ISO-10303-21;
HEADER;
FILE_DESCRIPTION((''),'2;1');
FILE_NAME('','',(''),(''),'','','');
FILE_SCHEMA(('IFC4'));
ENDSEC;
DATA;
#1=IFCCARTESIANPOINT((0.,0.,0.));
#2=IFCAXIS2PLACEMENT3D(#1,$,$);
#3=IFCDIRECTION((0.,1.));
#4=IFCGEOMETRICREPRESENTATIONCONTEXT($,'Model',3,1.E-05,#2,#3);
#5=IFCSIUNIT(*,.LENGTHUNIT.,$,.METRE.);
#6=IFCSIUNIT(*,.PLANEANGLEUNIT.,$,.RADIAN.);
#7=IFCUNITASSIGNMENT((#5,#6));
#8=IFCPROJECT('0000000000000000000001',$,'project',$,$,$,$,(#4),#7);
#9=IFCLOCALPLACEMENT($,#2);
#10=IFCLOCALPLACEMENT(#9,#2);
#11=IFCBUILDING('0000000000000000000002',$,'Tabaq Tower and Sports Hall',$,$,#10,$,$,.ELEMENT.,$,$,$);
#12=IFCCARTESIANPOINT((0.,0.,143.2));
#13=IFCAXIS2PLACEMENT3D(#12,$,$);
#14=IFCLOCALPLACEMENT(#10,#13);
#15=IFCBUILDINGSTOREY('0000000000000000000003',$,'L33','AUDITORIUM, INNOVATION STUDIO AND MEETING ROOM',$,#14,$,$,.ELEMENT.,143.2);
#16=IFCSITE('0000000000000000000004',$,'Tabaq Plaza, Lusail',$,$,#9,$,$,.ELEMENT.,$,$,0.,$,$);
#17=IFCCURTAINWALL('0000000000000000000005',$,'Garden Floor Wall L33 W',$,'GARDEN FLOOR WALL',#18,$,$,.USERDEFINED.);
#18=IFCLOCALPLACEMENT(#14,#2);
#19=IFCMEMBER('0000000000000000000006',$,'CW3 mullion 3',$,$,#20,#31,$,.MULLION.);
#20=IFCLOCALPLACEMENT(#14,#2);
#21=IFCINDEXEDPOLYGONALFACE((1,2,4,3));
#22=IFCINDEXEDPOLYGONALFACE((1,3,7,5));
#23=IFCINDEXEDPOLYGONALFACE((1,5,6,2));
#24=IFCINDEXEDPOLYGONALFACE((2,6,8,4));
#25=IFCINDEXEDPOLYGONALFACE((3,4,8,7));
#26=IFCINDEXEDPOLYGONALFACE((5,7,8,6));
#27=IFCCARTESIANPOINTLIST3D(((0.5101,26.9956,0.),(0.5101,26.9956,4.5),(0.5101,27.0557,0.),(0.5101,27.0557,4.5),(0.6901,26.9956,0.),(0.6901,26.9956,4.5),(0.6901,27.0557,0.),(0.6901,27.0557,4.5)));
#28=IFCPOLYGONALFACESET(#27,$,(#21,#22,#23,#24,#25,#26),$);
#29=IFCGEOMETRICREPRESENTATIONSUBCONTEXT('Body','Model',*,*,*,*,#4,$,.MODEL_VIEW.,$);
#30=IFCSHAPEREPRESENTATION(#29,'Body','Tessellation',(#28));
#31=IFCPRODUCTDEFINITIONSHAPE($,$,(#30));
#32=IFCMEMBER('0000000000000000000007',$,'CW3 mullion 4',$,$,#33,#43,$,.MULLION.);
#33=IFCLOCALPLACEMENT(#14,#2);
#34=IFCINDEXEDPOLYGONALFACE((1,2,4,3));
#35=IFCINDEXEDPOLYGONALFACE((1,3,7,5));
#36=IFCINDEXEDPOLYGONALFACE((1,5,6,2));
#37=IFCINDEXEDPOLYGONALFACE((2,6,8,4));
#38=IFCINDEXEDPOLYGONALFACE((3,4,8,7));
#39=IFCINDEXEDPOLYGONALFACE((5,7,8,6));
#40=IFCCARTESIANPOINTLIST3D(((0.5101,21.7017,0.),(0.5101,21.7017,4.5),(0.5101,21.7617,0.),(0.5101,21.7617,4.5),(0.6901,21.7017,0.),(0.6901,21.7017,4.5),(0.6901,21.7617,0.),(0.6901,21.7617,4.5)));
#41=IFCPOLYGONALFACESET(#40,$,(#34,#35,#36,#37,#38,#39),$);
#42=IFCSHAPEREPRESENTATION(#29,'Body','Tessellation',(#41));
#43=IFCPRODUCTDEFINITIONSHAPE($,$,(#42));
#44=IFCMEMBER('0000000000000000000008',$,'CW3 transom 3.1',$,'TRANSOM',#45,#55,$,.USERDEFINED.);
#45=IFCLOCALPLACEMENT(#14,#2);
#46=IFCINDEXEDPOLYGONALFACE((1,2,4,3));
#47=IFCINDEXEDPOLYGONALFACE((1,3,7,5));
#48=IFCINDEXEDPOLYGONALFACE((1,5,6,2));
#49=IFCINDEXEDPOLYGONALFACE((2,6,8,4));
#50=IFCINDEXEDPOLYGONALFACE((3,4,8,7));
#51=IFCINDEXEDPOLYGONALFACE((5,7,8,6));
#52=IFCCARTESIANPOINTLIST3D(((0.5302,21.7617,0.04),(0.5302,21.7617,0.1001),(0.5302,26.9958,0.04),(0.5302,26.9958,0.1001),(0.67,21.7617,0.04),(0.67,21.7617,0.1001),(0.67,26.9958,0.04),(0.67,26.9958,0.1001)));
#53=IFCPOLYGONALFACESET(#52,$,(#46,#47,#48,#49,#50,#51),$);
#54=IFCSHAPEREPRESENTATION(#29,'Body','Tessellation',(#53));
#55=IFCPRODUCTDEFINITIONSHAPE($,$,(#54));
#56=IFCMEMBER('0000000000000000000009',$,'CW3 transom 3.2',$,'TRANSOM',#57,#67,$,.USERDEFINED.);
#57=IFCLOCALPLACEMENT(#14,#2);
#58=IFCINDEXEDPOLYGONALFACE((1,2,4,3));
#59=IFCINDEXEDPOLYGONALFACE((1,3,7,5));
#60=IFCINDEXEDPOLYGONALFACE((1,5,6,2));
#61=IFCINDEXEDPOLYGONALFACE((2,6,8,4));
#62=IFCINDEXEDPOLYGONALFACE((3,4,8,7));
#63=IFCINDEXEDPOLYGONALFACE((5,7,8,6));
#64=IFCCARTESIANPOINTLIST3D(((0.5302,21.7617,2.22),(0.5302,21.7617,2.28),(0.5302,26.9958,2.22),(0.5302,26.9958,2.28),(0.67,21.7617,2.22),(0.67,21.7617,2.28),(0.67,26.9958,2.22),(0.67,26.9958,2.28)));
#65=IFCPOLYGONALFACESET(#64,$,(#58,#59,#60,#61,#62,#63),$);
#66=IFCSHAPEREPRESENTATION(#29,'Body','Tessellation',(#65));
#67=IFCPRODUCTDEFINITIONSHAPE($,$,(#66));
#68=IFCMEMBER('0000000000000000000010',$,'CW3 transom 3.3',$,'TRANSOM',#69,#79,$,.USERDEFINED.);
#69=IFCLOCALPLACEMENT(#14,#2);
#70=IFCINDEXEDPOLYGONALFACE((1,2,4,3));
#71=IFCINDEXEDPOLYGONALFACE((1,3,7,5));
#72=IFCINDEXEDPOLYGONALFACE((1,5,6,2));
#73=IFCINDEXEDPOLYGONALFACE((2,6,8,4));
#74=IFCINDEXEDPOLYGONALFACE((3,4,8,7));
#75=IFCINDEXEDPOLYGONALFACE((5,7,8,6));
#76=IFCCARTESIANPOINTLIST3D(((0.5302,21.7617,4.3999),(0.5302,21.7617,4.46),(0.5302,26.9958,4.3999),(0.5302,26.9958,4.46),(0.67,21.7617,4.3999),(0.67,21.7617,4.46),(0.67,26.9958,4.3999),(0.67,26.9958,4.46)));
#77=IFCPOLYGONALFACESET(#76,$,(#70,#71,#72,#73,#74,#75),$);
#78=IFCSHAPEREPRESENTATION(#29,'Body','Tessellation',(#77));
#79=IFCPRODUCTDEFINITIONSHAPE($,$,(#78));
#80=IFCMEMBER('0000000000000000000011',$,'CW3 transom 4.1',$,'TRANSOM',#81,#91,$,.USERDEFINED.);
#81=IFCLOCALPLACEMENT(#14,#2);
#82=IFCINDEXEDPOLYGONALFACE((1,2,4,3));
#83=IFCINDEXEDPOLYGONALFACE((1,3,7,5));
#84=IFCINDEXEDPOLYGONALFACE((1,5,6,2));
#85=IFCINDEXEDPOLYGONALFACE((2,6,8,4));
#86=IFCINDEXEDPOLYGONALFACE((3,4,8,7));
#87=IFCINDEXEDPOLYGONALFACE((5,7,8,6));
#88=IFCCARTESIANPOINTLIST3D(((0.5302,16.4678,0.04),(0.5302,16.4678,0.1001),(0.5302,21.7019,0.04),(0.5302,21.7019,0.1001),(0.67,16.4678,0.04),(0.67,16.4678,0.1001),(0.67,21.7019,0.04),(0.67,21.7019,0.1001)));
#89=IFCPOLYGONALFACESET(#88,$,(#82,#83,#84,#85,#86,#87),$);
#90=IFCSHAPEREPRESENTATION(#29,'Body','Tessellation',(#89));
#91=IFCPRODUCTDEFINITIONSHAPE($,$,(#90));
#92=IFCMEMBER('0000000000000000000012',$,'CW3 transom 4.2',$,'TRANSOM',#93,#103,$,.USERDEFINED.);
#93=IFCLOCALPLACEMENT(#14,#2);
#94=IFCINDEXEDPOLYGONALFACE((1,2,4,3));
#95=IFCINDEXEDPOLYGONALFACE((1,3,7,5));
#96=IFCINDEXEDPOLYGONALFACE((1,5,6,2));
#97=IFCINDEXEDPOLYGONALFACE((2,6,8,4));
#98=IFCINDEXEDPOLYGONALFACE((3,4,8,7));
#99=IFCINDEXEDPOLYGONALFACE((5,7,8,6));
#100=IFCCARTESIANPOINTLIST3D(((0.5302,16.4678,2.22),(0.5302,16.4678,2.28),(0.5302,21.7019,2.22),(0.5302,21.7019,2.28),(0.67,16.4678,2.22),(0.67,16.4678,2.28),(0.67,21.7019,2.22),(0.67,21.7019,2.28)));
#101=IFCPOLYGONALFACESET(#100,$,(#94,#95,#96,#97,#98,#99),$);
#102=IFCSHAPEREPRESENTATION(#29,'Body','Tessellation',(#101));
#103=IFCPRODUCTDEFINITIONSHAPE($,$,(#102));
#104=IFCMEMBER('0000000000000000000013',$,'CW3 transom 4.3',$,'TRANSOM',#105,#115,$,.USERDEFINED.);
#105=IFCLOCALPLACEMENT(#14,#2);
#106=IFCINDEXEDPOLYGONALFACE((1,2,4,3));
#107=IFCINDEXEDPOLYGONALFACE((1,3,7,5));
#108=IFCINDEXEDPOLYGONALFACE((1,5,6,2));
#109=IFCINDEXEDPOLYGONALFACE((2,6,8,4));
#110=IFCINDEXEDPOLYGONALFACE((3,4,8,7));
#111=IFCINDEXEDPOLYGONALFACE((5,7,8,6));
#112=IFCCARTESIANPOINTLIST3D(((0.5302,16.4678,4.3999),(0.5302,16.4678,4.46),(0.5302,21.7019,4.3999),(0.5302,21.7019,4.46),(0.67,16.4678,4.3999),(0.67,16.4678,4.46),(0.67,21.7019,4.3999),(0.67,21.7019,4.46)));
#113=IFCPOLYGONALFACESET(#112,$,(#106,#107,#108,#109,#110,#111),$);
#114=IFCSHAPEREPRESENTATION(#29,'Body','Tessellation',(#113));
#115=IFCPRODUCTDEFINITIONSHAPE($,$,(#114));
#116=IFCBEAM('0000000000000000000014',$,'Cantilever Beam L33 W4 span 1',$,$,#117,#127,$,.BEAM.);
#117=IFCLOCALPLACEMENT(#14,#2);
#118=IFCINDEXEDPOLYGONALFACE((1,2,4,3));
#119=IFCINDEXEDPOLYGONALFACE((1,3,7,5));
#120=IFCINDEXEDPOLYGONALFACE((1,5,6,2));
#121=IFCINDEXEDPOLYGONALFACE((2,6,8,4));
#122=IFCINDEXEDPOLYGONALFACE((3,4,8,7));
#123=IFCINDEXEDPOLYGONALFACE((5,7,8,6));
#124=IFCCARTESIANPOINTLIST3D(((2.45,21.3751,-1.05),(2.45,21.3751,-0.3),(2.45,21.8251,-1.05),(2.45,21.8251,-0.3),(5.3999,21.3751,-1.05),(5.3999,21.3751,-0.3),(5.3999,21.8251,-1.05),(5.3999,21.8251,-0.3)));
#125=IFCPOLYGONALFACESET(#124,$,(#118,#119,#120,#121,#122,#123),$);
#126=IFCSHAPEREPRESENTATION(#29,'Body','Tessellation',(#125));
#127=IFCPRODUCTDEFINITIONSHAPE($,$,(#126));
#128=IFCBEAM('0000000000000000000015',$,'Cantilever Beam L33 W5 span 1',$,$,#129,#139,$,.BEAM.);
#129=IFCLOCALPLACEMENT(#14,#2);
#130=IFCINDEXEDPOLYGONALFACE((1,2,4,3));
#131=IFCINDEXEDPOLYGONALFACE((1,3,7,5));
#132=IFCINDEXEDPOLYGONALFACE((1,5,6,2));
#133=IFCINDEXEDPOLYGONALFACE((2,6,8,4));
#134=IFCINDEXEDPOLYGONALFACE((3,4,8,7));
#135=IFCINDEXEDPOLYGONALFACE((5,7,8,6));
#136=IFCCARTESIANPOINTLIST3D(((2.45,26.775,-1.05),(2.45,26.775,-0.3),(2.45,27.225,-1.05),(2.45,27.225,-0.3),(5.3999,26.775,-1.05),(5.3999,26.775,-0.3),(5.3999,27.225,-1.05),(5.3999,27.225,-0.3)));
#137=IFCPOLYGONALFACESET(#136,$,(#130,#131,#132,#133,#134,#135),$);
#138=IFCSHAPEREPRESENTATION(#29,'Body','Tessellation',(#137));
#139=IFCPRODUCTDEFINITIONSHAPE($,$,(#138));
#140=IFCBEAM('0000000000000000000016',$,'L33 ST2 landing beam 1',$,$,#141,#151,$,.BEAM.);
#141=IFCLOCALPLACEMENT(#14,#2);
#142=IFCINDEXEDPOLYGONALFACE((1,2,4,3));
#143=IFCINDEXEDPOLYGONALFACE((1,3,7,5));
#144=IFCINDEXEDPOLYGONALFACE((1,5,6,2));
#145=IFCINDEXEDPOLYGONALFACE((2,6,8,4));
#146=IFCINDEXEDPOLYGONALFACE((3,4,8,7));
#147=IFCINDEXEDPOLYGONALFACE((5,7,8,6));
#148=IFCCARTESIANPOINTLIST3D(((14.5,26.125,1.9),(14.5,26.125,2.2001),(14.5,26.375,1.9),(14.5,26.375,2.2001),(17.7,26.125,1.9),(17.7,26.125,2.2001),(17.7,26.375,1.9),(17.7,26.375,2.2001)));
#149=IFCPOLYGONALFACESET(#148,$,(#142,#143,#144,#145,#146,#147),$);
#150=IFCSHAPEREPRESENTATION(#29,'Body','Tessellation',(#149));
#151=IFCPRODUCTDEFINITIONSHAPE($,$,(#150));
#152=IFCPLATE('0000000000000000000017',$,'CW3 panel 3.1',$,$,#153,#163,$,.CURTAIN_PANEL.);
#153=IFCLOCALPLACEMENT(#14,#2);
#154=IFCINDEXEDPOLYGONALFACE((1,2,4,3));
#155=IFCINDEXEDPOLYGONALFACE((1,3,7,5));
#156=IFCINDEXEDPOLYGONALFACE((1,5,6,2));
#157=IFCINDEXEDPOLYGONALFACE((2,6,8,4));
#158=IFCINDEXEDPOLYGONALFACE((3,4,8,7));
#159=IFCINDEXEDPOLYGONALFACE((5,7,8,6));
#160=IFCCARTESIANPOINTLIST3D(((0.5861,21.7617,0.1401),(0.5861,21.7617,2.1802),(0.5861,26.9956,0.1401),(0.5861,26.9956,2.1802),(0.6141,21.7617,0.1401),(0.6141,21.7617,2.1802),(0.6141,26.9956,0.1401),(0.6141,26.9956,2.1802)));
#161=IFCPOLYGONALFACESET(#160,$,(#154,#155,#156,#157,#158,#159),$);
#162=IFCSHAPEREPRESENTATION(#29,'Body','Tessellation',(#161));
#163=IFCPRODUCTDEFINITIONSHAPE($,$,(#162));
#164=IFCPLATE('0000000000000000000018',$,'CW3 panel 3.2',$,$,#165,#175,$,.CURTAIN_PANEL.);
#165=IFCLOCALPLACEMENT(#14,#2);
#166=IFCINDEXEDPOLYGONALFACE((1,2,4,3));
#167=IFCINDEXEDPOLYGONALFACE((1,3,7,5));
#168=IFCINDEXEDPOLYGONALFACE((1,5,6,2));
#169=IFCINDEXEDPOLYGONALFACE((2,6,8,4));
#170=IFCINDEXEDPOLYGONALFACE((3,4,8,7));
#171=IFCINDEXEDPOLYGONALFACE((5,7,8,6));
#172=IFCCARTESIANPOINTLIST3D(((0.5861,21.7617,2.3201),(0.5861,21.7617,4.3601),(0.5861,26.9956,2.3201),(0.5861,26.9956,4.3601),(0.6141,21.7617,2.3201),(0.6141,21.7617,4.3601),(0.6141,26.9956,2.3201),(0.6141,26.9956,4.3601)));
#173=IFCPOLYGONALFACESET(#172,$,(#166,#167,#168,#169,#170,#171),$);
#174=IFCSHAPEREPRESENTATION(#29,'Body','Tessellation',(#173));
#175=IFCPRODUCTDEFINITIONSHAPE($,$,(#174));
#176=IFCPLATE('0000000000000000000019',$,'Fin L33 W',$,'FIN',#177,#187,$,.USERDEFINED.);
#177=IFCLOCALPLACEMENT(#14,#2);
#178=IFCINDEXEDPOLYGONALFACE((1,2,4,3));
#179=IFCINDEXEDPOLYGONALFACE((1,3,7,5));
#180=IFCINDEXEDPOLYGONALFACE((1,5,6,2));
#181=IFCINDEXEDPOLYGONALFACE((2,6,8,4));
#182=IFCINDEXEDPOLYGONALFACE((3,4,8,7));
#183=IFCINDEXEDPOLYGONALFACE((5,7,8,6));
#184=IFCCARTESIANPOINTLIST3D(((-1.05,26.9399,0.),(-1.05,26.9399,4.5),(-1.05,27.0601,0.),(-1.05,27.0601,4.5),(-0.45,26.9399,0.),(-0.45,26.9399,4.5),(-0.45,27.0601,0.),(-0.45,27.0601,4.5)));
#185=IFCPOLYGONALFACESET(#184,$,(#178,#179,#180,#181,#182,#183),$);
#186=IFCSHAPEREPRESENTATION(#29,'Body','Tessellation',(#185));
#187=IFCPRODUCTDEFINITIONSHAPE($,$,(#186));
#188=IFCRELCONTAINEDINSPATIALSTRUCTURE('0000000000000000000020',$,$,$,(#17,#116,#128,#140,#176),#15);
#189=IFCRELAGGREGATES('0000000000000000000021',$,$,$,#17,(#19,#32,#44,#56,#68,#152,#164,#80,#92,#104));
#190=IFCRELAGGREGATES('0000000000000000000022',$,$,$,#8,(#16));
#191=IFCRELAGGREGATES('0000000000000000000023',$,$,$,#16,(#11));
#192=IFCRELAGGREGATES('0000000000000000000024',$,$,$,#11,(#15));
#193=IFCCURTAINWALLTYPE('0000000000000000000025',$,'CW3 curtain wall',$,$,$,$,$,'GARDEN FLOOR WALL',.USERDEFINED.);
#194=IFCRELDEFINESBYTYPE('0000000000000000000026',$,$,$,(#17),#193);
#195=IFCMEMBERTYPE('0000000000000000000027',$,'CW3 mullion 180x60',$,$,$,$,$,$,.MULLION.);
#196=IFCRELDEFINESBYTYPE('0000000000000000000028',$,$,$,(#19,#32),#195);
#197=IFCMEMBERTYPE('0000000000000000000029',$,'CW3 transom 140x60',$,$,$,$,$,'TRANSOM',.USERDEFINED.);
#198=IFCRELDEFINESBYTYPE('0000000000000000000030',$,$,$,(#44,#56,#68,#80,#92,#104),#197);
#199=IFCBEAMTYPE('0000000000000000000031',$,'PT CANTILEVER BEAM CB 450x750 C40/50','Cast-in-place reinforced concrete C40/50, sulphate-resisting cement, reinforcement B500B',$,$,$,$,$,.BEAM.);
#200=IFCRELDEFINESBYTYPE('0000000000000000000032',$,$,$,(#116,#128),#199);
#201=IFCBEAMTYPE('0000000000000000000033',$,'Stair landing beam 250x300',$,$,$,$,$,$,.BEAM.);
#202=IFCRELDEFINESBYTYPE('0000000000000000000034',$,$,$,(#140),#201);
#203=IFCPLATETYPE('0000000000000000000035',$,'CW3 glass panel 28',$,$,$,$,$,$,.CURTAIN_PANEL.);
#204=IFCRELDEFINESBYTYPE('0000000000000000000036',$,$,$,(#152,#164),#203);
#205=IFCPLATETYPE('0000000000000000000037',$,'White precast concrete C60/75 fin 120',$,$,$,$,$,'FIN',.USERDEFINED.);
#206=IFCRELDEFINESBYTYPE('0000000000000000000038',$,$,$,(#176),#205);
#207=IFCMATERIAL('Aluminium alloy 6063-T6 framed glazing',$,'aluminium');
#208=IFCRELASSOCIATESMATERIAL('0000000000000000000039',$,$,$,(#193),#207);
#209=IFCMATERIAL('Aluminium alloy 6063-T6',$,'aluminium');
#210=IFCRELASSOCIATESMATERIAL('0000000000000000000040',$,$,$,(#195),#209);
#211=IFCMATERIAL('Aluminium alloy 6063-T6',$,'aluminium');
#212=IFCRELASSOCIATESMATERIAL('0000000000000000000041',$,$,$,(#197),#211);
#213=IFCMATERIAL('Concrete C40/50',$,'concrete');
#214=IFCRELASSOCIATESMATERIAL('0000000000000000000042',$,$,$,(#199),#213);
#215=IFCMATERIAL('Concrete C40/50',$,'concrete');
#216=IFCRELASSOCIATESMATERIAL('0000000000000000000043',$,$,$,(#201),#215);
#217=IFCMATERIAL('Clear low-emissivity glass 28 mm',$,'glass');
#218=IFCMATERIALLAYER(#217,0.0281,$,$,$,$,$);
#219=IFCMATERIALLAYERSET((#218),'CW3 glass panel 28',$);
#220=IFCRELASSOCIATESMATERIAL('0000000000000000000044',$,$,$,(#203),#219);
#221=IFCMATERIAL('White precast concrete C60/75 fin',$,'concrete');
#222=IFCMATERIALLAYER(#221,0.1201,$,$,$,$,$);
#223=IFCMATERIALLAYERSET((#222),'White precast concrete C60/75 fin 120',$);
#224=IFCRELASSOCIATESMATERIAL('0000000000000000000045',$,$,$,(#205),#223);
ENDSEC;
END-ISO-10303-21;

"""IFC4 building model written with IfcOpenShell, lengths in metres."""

from ifc_helpers import new_model, si_unit, direction, frame, origin, origin_2d, place, context, subcontext, project, spatial, rectangle, extrude, material, layer, layer_set, material_profile, profile_set, type_object, element, aggregate, save


model = new_model("IFC4")

# Units and contexts
model_context = context("Model", 3, precision=1e-05, world=origin(), true_north=direction((0.0, 1.0)))
body_context = subcontext(model_context, "Body", "Model", "MODEL_VIEW")
ifc_project = project(units=[si_unit("LENGTHUNIT", "METRE"), si_unit("PLANEANGLEUNIT", "RADIAN")], contexts=[model_context])

# Site, building, storey
site_placement = place(None, origin())
site = spatial("IfcSite", under=ifc_project, at=site_placement, Name="Tabaq Plaza, Lusail", CompositionType="ELEMENT", RefElevation=0.0)
building_placement = place(site_placement, origin())
building = spatial("IfcBuilding", under=site, at=building_placement, Name="Tabaq Tower and Sports Hall", CompositionType="ELEMENT")
storey_placement = place(building_placement, frame((0.0, 0.0, 143.2)))
storey = spatial("IfcBuildingStorey", under=building, at=storey_placement, Name="L33", Description="AUDITORIUM, INNOVATION STUDIO AND MEETING ROOM", CompositionType="ELEMENT", Elevation=143.2)

# Curtain wall, members
ifc_material_1 = material(Name="Aluminium alloy 6063-T6 framed glazing", Category="aluminium")
curtain_wall_type = type_object("IfcCurtainWallType", Name="CW3 curtain wall", ElementType="GARDEN FLOOR WALL", PredefinedType="USERDEFINED", material=ifc_material_1)
curtain_wall_placement = place(storey_placement, origin())
curtain_wall = element("IfcCurtainWall", 1, at=curtain_wall_placement, inside=storey, type_object=curtain_wall_type, Name="Garden Floor Wall L33 W", ObjectType="GARDEN FLOOR WALL", PredefinedType="USERDEFINED")
ifc_material_2 = material(Name="Aluminium alloy 6063-T6", Category="aluminium")
ifc_material_profile_1 = material_profile(ifc_material_2, rectangle(XDim=0.1799, YDim=0.0601, at=origin_2d()), Name="MULLION 180x60")
ifc_profile_set_1 = profile_set([ifc_material_profile_1], Name="Aluminium alloy 6063-T6")
member_type_1 = type_object("IfcMemberType", Name="CW3 mullion 180x60", PredefinedType="MULLION", material=ifc_profile_set_1)
member_1_placement = place(storey_placement, frame((0.6001, 27.0256, 0.0), z_axis=(0.0, 0.0, 1.0), x_axis=(1.0, 0.0, 0.0)))
member_1 = element("IfcMember", 2, at=member_1_placement, type_object=member_type_1, Name="CW3 mullion 3", PredefinedType="MULLION", context=body_context, shape_type="SweptSolid", body=[
    extrude(rectangle(XDim=0.1799, YDim=0.0601, at=origin_2d()), origin(), (0.0, 0.0, 1.0), 4.5),
])
member_2_placement = place(storey_placement, frame((0.6001, 21.7317, 0.0), z_axis=(0.0, 0.0, 1.0), x_axis=(1.0, 0.0, 0.0)))
member_2 = element("IfcMember", 3, at=member_2_placement, type_object=member_type_1, Name="CW3 mullion 4", PredefinedType="MULLION", context=body_context, shape_type="SweptSolid", body=[
    extrude(rectangle(XDim=0.1799, YDim=0.0601, at=origin_2d()), origin(), (0.0, 0.0, 1.0), 4.5),
])
ifc_material_3 = material(Name="Aluminium alloy 6063-T6", Category="aluminium")
ifc_material_profile_2 = material_profile(ifc_material_3, rectangle(XDim=0.1399, YDim=0.0601, at=origin_2d()), Name="TRANSOM 140x60")
ifc_profile_set_2 = profile_set([ifc_material_profile_2], Name="Aluminium alloy 6063-T6")
member_type_2 = type_object("IfcMemberType", Name="CW3 transom 140x60", ElementType="TRANSOM", PredefinedType="USERDEFINED", material=ifc_profile_set_2)
member_3_placement = place(storey_placement, frame((0.6001, 26.9958, 0.0701), z_axis=(0.0, -1.0, 0.0), x_axis=(1.0, 0.0, 0.0)))
member_3 = element("IfcMember", 4, at=member_3_placement, type_object=member_type_2, Name="CW3 transom 3.1", ObjectType="TRANSOM", PredefinedType="USERDEFINED", context=body_context, shape_type="SweptSolid", body=[
    extrude(rectangle(XDim=0.1399, YDim=0.0601, at=origin_2d()), origin(), (0.0, 0.0, 1.0), 5.2341),
])
member_4_placement = place(storey_placement, frame((0.6001, 26.9958, 2.25), z_axis=(0.0, -1.0, 0.0), x_axis=(1.0, 0.0, 0.0)))
member_4 = element("IfcMember", 5, at=member_4_placement, type_object=member_type_2, Name="CW3 transom 3.2", ObjectType="TRANSOM", PredefinedType="USERDEFINED", context=body_context, shape_type="SweptSolid", body=[
    extrude(rectangle(XDim=0.1399, YDim=0.0601, at=origin_2d()), origin(), (0.0, 0.0, 1.0), 5.2341),
])
member_5_placement = place(storey_placement, frame((0.6001, 26.9958, 4.4299), z_axis=(0.0, -1.0, 0.0), x_axis=(1.0, 0.0, 0.0)))
member_5 = element("IfcMember", 6, at=member_5_placement, type_object=member_type_2, Name="CW3 transom 3.3", ObjectType="TRANSOM", PredefinedType="USERDEFINED", context=body_context, shape_type="SweptSolid", body=[
    extrude(rectangle(XDim=0.1399, YDim=0.0601, at=origin_2d()), origin(), (0.0, 0.0, 1.0), 5.2341),
])
member_6_placement = place(storey_placement, frame((0.6001, 21.7019, 0.0701), z_axis=(0.0, -1.0, 0.0), x_axis=(1.0, 0.0, 0.0)))
member_6 = element("IfcMember", 7, at=member_6_placement, type_object=member_type_2, Name="CW3 transom 4.1", ObjectType="TRANSOM", PredefinedType="USERDEFINED", context=body_context, shape_type="SweptSolid", body=[
    extrude(rectangle(XDim=0.1399, YDim=0.0601, at=origin_2d()), origin(), (0.0, 0.0, 1.0), 5.2341),
])
member_7_placement = place(storey_placement, frame((0.6001, 21.7019, 2.25), z_axis=(0.0, -1.0, 0.0), x_axis=(1.0, 0.0, 0.0)))
member_7 = element("IfcMember", 8, at=member_7_placement, type_object=member_type_2, Name="CW3 transom 4.2", ObjectType="TRANSOM", PredefinedType="USERDEFINED", context=body_context, shape_type="SweptSolid", body=[
    extrude(rectangle(XDim=0.1399, YDim=0.0601, at=origin_2d()), origin(), (0.0, 0.0, 1.0), 5.2341),
])
member_8_placement = place(storey_placement, frame((0.6001, 21.7019, 4.4299), z_axis=(0.0, -1.0, 0.0), x_axis=(1.0, 0.0, 0.0)))
member_8 = element("IfcMember", 9, at=member_8_placement, type_object=member_type_2, Name="CW3 transom 4.3", ObjectType="TRANSOM", PredefinedType="USERDEFINED", context=body_context, shape_type="SweptSolid", body=[
    extrude(rectangle(XDim=0.1399, YDim=0.0601, at=origin_2d()), origin(), (0.0, 0.0, 1.0), 5.2341),
])

# Beams
ifc_material_4 = material(Name="Concrete C40/50", Category="concrete")
ifc_material_profile_3 = material_profile(ifc_material_4, rectangle(XDim=0.45, YDim=0.75, at=origin_2d()), Name="CB 450x750")
ifc_profile_set_3 = profile_set([ifc_material_profile_3], Name="Concrete C40/50")
beam_type_1 = type_object("IfcBeamType", Name="PT CANTILEVER BEAM CB 450x750 C40/50", Description="Cast-in-place reinforced concrete C40/50, sulphate-resisting cement, reinforcement B500B", PredefinedType="BEAM", material=ifc_profile_set_3)
for number, where, z_axis, x_axis, name in (
    (10, (2.45, 21.6001, -0.675), (1.0, 0.0, 0.0), (0.0, 1.0, 0.0), "Cantilever Beam L33 W4 span 1"),
    (11, (2.45, 27.0, -0.675), (1.0, 0.0, 0.0), (0.0, 1.0, 0.0), "Cantilever Beam L33 W5 span 1"),
):
    element("IfcBeam", number, at=place(storey_placement, frame(where, z_axis=z_axis, x_axis=x_axis)), inside=storey, type_object=beam_type_1, Name=name, PredefinedType="BEAM", context=body_context, shape_type="SweptSolid", body=[
        extrude(rectangle(XDim=0.45, YDim=0.75, at=origin_2d()), origin(), (0.0, 0.0, 1.0), 2.95),
    ])
ifc_material_5 = material(Name="Concrete C40/50", Category="concrete")
ifc_material_profile_4 = material_profile(ifc_material_5, rectangle(XDim=0.25, YDim=0.3, at=origin_2d()), Name="RC 250x300")
ifc_profile_set_4 = profile_set([ifc_material_profile_4], Name="Concrete C40/50")
beam_type_2 = type_object("IfcBeamType", Name="Stair landing beam 250x300", PredefinedType="BEAM", material=ifc_profile_set_4)
beam_placement = place(storey_placement, frame((14.5, 26.25, 2.05), z_axis=(1.0, 0.0, 0.0), x_axis=(0.0, 1.0, 0.0)))
element("IfcBeam", 12, at=beam_placement, inside=storey, type_object=beam_type_2, Name="L33 ST2 landing beam 1", PredefinedType="BEAM", context=body_context, shape_type="SweptSolid", body=[
    extrude(rectangle(XDim=0.25, YDim=0.3, at=origin_2d()), origin(), (0.0, 0.0, 1.0), 3.2),
])

# Plates
ifc_material_6 = material(Name="Clear low-emissivity glass 28 mm", Category="glass")
ifc_layer_1 = layer(ifc_material_6, 0.0281)
ifc_layer_set_1 = layer_set([ifc_layer_1], Name="CW3 glass panel 28")
plate_type_1 = type_object("IfcPlateType", Name="CW3 glass panel 28", PredefinedType="CURTAIN_PANEL", material=ifc_layer_set_1)
plate_1_placement = place(storey_placement, frame((0.6001, 24.3787, 0.1401), z_axis=(0.0, 0.0, 1.0), x_axis=(0.0, -1.0, 0.0)))
plate_1 = element("IfcPlate", 13, at=plate_1_placement, type_object=plate_type_1, Name="CW3 panel 3.1", PredefinedType="CURTAIN_PANEL", context=body_context, shape_type="SweptSolid", body=[
    extrude(rectangle(XDim=5.2339, YDim=0.0281, at=origin_2d()), origin(), (0.0, 0.0, 1.0), 2.04),
])
plate_2_placement = place(storey_placement, frame((0.6001, 24.3787, 2.3201), z_axis=(0.0, 0.0, 1.0), x_axis=(0.0, -1.0, 0.0)))
plate_2 = element("IfcPlate", 14, at=plate_2_placement, type_object=plate_type_1, Name="CW3 panel 3.2", PredefinedType="CURTAIN_PANEL", context=body_context, shape_type="SweptSolid", body=[
    extrude(rectangle(XDim=5.2339, YDim=0.0281, at=origin_2d()), origin(), (0.0, 0.0, 1.0), 2.04),
])
aggregate(curtain_wall, [member_1, member_2, member_3, member_4, member_5, plate_1, plate_2, member_6, member_7, member_8])
ifc_material_7 = material(Name="White precast concrete C60/75 fin", Category="concrete")
ifc_layer_2 = layer(ifc_material_7, 0.1201)
ifc_layer_set_2 = layer_set([ifc_layer_2], Name="White precast concrete C60/75 fin 120")
plate_type_2 = type_object("IfcPlateType", Name="White precast concrete C60/75 fin 120", ElementType="FIN", PredefinedType="USERDEFINED", material=ifc_layer_set_2)
plate_3_placement = place(storey_placement, frame((-0.75, 27.0, 0.0), z_axis=(0.0, 0.0, 1.0), x_axis=(0.0, -1.0, 0.0)))
element("IfcPlate", 15, at=plate_3_placement, inside=storey, type_object=plate_type_2, Name="Fin L33 W", ObjectType="FIN", PredefinedType="USERDEFINED", context=body_context, shape_type="SweptSolid", body=[
    extrude(rectangle(XDim=0.1201, YDim=0.6001, at=origin_2d()), origin(), (0.0, 0.0, 1.0), 4.5),
])

save(model, "model.ifc")
